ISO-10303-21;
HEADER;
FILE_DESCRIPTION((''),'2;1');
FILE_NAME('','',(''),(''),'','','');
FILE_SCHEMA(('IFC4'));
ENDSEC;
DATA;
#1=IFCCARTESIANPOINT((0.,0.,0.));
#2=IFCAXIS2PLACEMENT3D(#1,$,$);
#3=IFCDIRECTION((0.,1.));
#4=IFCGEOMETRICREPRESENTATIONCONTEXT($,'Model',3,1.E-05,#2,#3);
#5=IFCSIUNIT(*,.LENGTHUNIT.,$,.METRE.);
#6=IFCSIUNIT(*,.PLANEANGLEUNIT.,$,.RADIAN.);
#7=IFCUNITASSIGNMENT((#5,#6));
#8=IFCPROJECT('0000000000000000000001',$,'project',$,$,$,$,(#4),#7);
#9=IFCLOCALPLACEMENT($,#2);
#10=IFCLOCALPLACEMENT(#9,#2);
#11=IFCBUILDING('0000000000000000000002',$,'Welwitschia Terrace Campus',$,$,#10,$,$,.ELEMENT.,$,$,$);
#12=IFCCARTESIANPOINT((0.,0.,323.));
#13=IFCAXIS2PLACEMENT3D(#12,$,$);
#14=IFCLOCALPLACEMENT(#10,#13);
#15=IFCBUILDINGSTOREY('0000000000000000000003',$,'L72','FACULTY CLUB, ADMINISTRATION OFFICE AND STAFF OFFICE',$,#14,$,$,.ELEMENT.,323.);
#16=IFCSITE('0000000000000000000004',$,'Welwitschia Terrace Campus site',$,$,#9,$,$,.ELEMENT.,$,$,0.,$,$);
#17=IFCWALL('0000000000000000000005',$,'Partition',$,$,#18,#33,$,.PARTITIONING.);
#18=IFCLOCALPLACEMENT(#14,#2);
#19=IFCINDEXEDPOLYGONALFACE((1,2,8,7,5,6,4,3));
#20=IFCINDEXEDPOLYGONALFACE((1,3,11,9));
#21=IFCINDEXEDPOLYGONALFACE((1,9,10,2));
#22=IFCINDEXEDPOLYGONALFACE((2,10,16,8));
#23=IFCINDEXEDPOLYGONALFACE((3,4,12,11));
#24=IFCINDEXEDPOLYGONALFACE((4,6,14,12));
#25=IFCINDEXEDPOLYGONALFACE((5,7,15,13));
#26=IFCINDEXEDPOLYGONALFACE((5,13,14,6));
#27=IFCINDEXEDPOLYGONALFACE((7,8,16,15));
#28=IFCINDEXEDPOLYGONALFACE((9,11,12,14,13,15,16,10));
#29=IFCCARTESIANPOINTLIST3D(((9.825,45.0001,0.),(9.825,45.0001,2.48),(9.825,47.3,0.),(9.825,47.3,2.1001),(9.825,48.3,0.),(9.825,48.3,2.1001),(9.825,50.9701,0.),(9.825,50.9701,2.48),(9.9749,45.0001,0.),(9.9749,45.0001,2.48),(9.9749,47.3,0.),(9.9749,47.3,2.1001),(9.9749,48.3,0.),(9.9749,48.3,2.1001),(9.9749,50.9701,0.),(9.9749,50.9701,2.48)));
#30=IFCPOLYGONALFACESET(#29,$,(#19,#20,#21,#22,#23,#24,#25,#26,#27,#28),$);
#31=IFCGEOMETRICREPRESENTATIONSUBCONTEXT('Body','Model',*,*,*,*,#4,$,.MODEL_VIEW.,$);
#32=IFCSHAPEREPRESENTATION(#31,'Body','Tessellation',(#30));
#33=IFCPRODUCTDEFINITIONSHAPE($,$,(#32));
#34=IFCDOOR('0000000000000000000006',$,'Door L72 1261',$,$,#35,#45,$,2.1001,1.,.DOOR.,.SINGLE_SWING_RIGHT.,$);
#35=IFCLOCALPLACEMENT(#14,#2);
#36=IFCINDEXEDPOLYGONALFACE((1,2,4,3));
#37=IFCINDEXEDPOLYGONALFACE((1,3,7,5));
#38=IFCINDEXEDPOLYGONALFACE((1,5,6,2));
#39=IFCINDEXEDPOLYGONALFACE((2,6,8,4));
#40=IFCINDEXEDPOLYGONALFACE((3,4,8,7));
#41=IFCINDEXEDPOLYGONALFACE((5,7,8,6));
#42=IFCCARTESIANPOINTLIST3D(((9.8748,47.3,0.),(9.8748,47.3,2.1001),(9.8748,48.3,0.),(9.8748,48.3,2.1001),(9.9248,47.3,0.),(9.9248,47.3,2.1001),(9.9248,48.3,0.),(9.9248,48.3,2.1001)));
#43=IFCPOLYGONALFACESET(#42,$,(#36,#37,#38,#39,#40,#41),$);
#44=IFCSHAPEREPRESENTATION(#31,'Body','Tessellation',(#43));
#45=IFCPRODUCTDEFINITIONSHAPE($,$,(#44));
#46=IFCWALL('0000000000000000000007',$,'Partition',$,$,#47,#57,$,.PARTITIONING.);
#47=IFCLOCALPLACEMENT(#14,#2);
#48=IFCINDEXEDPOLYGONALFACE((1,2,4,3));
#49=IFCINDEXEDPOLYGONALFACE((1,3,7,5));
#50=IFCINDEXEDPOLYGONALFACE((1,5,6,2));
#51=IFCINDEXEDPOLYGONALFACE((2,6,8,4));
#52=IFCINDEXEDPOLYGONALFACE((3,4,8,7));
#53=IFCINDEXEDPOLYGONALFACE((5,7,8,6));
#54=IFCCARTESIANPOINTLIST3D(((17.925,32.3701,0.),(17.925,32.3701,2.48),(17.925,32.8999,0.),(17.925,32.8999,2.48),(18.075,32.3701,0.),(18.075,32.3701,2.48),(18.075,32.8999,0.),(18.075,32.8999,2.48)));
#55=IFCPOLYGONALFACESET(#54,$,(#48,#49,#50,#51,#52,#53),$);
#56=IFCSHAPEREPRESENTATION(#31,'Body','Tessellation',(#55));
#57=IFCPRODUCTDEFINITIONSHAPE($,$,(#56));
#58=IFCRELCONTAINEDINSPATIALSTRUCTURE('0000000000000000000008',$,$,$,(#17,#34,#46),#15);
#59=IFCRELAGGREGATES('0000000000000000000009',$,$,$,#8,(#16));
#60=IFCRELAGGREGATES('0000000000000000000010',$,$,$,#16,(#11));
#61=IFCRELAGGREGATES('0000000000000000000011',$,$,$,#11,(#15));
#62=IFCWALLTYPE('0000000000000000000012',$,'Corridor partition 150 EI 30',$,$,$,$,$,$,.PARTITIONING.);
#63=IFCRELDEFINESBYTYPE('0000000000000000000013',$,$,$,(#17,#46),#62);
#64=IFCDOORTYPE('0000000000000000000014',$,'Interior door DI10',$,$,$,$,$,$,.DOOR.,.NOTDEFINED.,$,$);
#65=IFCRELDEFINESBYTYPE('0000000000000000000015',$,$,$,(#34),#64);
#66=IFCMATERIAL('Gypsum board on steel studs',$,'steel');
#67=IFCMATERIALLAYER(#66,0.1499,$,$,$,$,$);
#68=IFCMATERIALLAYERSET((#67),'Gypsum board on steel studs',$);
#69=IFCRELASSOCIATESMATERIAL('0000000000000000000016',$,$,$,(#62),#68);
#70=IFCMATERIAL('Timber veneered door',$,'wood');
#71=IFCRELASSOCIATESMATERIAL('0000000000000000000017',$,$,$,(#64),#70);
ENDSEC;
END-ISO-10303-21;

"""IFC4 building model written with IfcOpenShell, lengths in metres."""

from ifc_helpers import new_model, si_unit, direction, frame, frame_2d, origin, place, context, subcontext, project, spatial, rectangle, extrude, material, layer, layer_set, type_object, element, fill, save


model = new_model("IFC4")

# Units and contexts
model_context = context("Model", 3, precision=1e-05, world=origin(), true_north=direction((0.0, 1.0)))
body_context = subcontext(model_context, "Body", "Model", "MODEL_VIEW")
ifc_project = project(units=[si_unit("LENGTHUNIT", "METRE"), si_unit("PLANEANGLEUNIT", "RADIAN")], contexts=[model_context])

# Site, building, storey
site_placement = place(None, origin())
site = spatial("IfcSite", under=ifc_project, at=site_placement, Name="Welwitschia Terrace Campus site", CompositionType="ELEMENT", RefElevation=0.0)
building_placement = place(site_placement, origin())
building = spatial("IfcBuilding", under=site, at=building_placement, Name="Welwitschia Terrace Campus", CompositionType="ELEMENT")
storey_placement = place(building_placement, frame((0.0, 0.0, 323.0)))
storey = spatial("IfcBuildingStorey", under=building, at=storey_placement, Name="L72", Description="FACULTY CLUB, ADMINISTRATION OFFICE AND STAFF OFFICE", CompositionType="ELEMENT", Elevation=323.0)

# Shared definitions
ifc_material_1 = material(Name="Gypsum board on steel studs", Category="steel")
ifc_layer_1 = layer(ifc_material_1, 0.1499)
ifc_layer_set_1 = layer_set([ifc_layer_1], Name="Gypsum board on steel studs")
wall_type = type_object("IfcWallType", Name="Corridor partition 150 EI 30", PredefinedType="PARTITIONING", material=ifc_layer_set_1)
ifc_material_2 = material(Name="Timber veneered door", Category="wood")
door_type = type_object("IfcDoorType", Name="Interior door DI10", OperationType="NOTDEFINED", PredefinedType="DOOR", material=ifc_material_2)

# Wall, opening, door
wall_1_placement = place(storey_placement, frame((9.8999, 50.97, 0.0), z_axis=(0.0, 0.0, 1.0), x_axis=(0.0, -1.0, 0.0)))
wall_1 = element("IfcWall", 1, at=wall_1_placement, inside=storey, type_object=wall_type, Name="Partition", PredefinedType="PARTITIONING", context=body_context, shape_type="SweptSolid", body=[
    extrude(rectangle(XDim=5.97, YDim=0.1499, at=frame_2d((2.9849, 0.0))), origin(), (0.0, 0.0, 1.0), 2.48),
])
opening_1_placement = place(wall_1_placement, frame((2.6699, 0.0, 0.0)))
opening_1 = element("IfcOpeningElement", 2, at=opening_1_placement, cuts=wall_1, PredefinedType="OPENING", context=body_context, shape_type="SweptSolid", body=[
    extrude(rectangle(XDim=1.0, YDim=2.1001, at=frame_2d((0.5, 1.05))), frame((0.0, 0.085, 0.0), z_axis=(0.0, -1.0, 0.0), x_axis=(1.0, 0.0, 0.0)), (0.0, 0.0, 1.0), 0.1699),
])
door_1_placement = place(opening_1_placement, origin())
door_1 = element("IfcDoor", 3, at=door_1_placement, inside=storey, type_object=door_type, Name="Door L72 1261", OperationType="SINGLE_SWING_RIGHT", OverallHeight=2.1001, OverallWidth=1.0, PredefinedType="DOOR", context=body_context, shape_type="SweptSolid", body=[
    extrude(rectangle(XDim=1.0, YDim=2.1001, at=frame_2d((0.5, 1.05))), frame((0.0, 0.0249, 0.0), z_axis=(0.0, -1.0, 0.0), x_axis=(1.0, 0.0, 0.0)), (0.0, 0.0, 1.0), 0.05),
])
fill(opening_1, door_1)

# Wall
wall_2_placement = place(storey_placement, frame((18.0, 32.3701, 0.0), z_axis=(0.0, 0.0, 1.0), x_axis=(0.0, 1.0, 0.0)))
element("IfcWall", 4, at=wall_2_placement, inside=storey, type_object=wall_type, Name="Partition", PredefinedType="PARTITIONING", context=body_context, shape_type="SweptSolid", body=[
    extrude(rectangle(XDim=0.5298, YDim=0.1499, at=frame_2d((0.2649, 0.0))), origin(), (0.0, 0.0, 1.0), 2.48),
])

save(model, "model.ifc")
